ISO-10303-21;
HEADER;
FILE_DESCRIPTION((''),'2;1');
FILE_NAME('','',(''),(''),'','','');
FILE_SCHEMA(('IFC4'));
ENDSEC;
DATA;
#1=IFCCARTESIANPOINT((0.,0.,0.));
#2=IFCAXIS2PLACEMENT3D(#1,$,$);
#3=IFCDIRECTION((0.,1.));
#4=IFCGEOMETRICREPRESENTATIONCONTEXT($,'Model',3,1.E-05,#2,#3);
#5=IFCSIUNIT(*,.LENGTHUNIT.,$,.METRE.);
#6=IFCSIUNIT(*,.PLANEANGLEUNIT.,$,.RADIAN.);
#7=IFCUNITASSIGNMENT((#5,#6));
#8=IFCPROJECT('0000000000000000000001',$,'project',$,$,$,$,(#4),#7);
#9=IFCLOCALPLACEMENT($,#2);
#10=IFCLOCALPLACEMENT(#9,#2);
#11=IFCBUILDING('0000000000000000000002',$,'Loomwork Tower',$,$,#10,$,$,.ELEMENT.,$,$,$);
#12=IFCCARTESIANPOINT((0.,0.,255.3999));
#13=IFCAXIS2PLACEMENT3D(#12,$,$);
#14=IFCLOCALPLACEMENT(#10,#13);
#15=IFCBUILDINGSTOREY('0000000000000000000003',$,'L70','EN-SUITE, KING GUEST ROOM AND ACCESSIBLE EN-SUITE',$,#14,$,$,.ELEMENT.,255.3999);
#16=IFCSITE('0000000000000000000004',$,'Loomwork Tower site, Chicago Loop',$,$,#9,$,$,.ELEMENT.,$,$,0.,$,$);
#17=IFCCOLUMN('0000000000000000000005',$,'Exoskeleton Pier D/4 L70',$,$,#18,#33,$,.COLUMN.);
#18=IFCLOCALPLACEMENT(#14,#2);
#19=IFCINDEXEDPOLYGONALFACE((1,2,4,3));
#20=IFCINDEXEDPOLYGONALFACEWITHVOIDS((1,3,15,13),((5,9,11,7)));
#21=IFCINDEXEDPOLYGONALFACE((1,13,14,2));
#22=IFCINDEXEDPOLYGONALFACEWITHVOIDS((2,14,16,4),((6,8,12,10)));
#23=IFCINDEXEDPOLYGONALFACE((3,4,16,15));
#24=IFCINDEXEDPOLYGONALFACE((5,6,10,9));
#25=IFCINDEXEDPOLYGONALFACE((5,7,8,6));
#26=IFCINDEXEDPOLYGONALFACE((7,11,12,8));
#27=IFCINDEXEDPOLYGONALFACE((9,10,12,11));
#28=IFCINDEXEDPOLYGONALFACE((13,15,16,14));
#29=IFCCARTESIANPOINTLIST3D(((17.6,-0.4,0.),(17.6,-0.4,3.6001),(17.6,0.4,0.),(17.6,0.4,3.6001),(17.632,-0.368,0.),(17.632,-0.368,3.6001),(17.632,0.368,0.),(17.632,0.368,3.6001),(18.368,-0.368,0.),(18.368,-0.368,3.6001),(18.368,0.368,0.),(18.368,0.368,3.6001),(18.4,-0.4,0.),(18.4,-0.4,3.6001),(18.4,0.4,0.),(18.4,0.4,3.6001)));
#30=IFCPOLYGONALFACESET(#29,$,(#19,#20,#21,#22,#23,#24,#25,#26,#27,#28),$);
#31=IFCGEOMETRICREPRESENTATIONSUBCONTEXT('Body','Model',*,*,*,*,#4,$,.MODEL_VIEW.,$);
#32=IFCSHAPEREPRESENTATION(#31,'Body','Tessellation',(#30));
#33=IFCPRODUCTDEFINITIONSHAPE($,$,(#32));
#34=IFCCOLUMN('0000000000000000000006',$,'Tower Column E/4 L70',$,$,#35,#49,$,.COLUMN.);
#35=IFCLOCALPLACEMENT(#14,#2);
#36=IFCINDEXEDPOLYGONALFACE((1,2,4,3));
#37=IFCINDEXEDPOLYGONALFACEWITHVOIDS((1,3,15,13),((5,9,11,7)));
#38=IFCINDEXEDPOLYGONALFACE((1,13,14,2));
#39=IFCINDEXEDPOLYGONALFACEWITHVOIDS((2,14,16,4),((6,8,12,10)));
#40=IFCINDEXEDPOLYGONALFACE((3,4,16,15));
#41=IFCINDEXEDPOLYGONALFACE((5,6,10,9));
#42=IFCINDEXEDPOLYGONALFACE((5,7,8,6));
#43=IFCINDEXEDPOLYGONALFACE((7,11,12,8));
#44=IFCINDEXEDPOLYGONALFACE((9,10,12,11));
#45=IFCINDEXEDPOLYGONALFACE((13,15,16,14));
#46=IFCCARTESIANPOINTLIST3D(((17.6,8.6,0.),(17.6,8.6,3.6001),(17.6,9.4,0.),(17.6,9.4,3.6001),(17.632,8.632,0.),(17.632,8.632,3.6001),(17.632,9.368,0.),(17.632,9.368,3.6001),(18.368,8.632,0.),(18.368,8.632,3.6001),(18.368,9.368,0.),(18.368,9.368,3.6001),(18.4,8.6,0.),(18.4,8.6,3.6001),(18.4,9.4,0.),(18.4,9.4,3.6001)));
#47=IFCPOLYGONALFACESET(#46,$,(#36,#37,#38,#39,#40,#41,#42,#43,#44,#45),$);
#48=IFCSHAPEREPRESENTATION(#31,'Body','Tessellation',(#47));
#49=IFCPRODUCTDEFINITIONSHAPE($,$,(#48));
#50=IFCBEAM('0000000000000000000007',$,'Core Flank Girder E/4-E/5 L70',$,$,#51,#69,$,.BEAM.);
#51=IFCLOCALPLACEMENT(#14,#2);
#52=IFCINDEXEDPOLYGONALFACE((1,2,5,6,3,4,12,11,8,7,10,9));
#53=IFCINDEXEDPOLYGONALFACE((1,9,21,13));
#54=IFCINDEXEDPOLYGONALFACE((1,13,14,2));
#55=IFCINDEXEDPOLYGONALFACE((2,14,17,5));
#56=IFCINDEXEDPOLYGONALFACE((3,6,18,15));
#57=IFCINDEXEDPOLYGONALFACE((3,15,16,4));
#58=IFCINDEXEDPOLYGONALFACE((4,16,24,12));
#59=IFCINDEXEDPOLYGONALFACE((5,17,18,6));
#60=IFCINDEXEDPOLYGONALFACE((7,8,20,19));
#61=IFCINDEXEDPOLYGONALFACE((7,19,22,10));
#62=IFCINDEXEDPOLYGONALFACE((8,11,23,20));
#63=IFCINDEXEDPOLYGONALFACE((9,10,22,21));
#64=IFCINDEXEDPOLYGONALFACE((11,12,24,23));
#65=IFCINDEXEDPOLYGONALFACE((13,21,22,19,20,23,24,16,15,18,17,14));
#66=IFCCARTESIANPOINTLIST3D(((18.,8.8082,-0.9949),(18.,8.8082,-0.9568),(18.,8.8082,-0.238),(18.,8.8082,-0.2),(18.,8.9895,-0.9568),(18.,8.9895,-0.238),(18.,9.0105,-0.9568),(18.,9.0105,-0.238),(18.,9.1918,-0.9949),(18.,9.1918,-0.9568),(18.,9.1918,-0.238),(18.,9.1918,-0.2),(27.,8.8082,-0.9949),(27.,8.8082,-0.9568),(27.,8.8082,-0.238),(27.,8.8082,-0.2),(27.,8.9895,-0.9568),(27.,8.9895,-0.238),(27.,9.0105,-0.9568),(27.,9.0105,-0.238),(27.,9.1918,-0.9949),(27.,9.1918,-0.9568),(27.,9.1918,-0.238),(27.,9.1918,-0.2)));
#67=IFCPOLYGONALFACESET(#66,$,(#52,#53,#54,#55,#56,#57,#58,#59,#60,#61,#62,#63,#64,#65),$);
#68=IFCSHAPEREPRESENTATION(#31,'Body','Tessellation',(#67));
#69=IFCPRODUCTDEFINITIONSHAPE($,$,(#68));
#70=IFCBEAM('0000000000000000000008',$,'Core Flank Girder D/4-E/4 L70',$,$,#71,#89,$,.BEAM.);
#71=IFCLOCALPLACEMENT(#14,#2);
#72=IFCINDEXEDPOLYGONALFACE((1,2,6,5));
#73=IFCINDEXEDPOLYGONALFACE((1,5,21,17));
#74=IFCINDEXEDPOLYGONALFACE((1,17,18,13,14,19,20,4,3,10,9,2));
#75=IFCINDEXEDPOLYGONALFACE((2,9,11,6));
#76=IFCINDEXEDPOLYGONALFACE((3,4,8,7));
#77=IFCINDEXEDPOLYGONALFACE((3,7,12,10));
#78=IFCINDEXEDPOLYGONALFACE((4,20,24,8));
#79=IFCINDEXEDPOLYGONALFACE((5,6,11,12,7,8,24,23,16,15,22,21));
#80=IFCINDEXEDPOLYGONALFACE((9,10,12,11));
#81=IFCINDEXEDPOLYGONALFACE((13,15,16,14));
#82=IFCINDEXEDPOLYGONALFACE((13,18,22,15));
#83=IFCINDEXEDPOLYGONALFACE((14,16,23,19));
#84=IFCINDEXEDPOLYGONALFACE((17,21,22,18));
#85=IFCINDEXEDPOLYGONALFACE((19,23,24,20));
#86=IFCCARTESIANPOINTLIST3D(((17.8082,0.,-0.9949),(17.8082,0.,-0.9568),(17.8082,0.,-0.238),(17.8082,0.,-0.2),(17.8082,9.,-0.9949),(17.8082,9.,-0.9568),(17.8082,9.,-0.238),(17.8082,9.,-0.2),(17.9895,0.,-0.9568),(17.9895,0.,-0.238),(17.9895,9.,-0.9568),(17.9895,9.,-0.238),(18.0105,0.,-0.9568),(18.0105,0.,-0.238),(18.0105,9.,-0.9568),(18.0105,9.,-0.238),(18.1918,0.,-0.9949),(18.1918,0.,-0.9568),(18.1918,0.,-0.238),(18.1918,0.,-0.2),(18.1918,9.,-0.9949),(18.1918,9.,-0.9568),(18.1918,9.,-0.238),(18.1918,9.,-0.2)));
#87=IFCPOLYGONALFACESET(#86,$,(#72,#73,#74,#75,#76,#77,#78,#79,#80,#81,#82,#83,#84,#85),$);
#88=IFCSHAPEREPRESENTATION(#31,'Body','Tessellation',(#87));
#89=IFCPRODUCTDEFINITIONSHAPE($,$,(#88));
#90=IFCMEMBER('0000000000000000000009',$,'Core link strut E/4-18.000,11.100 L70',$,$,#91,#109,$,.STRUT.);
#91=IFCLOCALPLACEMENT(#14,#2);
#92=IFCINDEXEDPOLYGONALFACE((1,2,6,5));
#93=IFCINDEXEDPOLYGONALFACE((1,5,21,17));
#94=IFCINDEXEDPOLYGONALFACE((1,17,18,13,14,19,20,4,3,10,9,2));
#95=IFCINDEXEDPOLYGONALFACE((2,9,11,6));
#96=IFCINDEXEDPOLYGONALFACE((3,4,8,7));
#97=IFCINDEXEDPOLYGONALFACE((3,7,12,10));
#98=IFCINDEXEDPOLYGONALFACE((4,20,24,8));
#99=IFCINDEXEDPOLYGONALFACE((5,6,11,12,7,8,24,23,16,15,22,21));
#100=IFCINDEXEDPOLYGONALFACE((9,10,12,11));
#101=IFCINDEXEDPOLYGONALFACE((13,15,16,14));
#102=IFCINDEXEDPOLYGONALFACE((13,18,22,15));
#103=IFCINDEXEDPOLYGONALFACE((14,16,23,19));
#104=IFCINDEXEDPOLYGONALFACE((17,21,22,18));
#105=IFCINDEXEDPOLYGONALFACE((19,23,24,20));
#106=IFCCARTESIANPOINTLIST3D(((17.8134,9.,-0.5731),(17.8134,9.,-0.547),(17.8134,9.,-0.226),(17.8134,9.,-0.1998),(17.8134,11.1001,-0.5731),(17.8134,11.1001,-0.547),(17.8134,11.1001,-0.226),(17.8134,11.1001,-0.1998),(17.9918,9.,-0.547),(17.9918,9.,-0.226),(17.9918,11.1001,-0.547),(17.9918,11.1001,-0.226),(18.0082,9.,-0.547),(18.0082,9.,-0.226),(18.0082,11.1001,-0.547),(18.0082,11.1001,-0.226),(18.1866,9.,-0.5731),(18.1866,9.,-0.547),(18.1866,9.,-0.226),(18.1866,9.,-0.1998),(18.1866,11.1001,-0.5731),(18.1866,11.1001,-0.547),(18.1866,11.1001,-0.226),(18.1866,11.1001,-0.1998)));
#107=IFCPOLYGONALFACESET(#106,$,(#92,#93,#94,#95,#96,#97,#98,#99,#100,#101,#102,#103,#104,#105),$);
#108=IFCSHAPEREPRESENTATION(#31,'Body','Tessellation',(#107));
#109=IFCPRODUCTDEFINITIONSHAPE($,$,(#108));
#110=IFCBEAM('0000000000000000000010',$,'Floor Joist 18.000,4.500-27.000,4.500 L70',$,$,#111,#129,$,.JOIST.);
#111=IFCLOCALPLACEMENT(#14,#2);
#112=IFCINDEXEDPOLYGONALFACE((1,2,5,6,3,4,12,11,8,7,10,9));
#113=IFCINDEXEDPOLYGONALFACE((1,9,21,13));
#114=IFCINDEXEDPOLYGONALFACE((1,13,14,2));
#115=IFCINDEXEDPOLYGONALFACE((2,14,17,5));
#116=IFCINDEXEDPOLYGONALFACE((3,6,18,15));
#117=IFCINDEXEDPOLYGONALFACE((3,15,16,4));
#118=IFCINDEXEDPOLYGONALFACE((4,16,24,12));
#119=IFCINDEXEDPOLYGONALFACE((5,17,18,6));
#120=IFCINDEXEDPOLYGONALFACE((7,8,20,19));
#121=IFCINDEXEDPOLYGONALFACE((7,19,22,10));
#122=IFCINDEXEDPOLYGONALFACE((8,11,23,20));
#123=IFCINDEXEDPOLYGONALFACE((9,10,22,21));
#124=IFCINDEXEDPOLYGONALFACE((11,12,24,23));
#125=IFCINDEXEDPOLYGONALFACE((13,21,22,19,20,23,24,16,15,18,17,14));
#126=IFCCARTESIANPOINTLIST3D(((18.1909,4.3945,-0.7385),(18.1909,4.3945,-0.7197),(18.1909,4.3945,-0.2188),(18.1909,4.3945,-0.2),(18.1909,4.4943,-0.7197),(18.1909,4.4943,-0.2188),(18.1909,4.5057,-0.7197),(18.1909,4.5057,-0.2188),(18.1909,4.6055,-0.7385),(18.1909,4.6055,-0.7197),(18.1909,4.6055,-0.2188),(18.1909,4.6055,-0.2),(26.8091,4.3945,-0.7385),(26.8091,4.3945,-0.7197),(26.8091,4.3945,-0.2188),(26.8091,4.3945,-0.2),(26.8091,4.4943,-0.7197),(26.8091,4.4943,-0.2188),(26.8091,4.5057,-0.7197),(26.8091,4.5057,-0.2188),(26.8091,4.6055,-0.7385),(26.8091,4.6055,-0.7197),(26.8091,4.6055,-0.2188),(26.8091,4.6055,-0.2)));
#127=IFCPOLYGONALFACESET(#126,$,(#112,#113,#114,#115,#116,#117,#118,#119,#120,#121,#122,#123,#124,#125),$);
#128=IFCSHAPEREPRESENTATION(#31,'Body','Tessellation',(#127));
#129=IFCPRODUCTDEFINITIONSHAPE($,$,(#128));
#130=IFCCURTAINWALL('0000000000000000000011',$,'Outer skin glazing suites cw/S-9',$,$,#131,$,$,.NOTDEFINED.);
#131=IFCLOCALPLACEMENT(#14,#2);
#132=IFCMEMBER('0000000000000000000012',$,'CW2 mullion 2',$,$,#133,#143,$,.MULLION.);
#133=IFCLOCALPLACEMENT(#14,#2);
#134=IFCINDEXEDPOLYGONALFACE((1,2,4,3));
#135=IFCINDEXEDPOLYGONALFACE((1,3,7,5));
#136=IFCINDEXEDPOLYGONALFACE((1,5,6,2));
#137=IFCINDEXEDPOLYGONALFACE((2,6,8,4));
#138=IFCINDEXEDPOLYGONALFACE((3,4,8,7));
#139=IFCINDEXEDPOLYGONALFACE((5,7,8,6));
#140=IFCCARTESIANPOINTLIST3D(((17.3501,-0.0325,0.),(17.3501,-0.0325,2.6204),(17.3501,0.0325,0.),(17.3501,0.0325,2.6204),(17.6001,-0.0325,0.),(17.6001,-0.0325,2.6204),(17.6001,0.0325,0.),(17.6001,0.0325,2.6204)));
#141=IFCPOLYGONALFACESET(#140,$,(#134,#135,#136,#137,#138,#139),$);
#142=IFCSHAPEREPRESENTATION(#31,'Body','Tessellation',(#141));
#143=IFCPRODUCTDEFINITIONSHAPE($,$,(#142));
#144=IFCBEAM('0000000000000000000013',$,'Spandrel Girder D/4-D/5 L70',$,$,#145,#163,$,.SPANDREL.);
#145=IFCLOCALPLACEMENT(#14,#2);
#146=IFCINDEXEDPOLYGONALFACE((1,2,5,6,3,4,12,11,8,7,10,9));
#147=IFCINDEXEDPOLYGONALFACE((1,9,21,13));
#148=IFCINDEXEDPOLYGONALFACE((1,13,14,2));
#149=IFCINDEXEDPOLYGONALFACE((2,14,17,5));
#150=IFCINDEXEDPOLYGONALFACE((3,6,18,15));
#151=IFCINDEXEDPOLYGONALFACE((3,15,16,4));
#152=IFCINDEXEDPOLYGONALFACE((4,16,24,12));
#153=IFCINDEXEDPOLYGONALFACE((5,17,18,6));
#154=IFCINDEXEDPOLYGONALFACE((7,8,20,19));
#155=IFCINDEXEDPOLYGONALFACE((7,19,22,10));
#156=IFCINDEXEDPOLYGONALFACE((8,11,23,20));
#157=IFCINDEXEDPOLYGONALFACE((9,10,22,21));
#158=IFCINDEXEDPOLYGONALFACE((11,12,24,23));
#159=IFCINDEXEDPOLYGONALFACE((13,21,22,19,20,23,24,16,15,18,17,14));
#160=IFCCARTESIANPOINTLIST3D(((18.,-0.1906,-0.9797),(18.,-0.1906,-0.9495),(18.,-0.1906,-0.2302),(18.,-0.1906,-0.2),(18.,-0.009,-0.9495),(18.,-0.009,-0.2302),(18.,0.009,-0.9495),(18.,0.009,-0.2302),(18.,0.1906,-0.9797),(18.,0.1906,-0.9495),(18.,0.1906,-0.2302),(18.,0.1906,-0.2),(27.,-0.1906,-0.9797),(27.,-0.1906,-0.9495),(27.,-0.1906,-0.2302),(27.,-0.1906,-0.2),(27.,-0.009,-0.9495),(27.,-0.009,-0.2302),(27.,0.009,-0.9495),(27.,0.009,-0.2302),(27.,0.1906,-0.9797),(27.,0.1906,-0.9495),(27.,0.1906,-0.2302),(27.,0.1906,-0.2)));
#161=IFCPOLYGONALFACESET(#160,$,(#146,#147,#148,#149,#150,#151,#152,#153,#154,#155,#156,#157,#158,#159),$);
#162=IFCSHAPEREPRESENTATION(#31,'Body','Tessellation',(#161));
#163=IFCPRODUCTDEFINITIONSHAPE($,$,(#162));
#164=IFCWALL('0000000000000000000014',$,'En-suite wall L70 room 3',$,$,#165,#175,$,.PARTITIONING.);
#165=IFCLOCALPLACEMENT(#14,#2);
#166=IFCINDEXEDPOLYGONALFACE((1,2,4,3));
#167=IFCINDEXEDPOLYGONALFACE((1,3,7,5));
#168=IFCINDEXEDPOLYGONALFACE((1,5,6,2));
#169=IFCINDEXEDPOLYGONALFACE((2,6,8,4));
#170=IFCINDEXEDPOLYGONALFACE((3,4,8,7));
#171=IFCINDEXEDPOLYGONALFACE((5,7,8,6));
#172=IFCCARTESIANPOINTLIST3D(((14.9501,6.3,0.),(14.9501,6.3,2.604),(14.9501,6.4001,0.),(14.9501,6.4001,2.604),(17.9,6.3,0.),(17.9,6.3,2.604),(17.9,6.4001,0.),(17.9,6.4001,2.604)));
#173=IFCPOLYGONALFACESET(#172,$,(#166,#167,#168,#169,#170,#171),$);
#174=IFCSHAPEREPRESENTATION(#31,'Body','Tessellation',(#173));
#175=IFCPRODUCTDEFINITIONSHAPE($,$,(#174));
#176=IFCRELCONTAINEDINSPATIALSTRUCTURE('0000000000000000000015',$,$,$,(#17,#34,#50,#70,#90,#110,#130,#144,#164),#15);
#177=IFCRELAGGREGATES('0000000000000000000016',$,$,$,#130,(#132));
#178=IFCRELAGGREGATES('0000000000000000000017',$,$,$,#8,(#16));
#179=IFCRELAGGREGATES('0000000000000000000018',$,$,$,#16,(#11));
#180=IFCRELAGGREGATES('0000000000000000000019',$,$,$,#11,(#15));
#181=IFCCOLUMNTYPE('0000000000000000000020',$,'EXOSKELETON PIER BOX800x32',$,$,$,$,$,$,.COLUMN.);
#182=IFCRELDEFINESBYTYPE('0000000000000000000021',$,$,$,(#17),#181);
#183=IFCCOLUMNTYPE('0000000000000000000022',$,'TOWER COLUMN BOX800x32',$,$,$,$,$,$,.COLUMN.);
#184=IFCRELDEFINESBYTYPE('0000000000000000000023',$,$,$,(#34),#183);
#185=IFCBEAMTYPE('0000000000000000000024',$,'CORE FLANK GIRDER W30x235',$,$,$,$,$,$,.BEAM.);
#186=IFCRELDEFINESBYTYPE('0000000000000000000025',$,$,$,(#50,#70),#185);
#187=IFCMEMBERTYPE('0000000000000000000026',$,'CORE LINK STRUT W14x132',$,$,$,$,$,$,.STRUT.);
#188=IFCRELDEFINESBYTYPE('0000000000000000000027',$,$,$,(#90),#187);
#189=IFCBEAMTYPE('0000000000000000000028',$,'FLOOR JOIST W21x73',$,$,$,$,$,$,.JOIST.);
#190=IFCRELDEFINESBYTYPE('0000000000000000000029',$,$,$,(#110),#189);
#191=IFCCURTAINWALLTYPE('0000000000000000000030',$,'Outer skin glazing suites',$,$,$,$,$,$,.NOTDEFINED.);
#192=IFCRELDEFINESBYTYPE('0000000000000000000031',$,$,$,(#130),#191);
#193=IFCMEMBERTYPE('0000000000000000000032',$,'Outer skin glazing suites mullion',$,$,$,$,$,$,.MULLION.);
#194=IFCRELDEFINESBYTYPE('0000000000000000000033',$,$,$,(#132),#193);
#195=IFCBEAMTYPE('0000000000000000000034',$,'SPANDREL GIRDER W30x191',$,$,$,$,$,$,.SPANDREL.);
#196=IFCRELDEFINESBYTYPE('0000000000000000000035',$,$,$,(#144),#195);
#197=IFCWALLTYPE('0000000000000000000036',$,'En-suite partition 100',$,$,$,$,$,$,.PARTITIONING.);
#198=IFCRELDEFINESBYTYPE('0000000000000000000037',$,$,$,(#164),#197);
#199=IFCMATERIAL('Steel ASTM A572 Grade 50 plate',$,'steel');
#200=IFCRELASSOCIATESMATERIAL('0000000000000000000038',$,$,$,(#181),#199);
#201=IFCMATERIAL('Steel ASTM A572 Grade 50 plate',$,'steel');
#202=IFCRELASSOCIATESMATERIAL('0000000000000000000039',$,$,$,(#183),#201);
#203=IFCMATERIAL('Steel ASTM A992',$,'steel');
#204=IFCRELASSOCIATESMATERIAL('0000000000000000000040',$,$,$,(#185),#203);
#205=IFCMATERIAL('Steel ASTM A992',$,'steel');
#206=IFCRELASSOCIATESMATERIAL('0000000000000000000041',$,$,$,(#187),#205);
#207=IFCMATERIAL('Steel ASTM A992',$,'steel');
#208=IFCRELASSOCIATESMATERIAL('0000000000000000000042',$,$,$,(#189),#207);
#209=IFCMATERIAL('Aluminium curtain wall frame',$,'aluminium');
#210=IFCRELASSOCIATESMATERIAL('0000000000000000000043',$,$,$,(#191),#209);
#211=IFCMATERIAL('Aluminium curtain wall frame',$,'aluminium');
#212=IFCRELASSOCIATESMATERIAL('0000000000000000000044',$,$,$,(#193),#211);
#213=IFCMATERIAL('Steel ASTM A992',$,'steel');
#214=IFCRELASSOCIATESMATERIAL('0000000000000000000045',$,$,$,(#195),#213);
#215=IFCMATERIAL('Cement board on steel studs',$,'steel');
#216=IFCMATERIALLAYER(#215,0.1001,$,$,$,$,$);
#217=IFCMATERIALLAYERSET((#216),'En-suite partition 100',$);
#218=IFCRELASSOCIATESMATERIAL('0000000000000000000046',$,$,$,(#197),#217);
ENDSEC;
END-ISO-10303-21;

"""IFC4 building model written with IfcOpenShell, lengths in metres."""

from ifc_helpers import new_model, si_unit, direction, frame, frame_2d, origin, origin_2d, place, context, subcontext, project, spatial, rectangle, hollow_rectangle, i_section, extrude, material, layer, layer_set, material_profile, profile_set, type_object, element, aggregate, save


model = new_model("IFC4")

# Units and contexts
model_context = context("Model", 3, precision=1e-05, world=origin(), true_north=direction((0.0, 1.0)))
body_context = subcontext(model_context, "Body", "Model", "MODEL_VIEW")
ifc_project = project(units=[si_unit("LENGTHUNIT", "METRE"), si_unit("PLANEANGLEUNIT", "RADIAN")], contexts=[model_context])

# Site, building, storey
site_placement = place(None, origin())
site = spatial("IfcSite", under=ifc_project, at=site_placement, Name="Loomwork Tower site, Chicago Loop", CompositionType="ELEMENT", RefElevation=0.0)
building_placement = place(site_placement, origin())
building = spatial("IfcBuilding", under=site, at=building_placement, Name="Loomwork Tower", CompositionType="ELEMENT")
storey_placement = place(building_placement, frame((0.0, 0.0, 255.3999)))
storey = spatial("IfcBuildingStorey", under=building, at=storey_placement, Name="L70", Description="EN-SUITE, KING GUEST ROOM AND ACCESSIBLE EN-SUITE", CompositionType="ELEMENT", Elevation=255.3999)

# Columns
ifc_material_1 = material(Name="Steel ASTM A572 Grade 50 plate", Category="steel")
ifc_material_profile_1 = material_profile(ifc_material_1, hollow_rectangle(XDim=0.8, YDim=0.8, WallThickness=0.032, at=origin_2d()), Name="BOX800x32")
ifc_profile_set_1 = profile_set([ifc_material_profile_1], Name="Steel ASTM A572 Grade 50 plate")
column_type_1 = type_object("IfcColumnType", Name="EXOSKELETON PIER BOX800x32", PredefinedType="COLUMN", material=ifc_profile_set_1)
column_1_placement = place(storey_placement, frame((18.0, 0.0, 0.0), z_axis=(0.0, 0.0, 1.0), x_axis=(1.0, 0.0, 0.0)))
element("IfcColumn", 1, at=column_1_placement, inside=storey, type_object=column_type_1, Name="Exoskeleton Pier D/4 L70", PredefinedType="COLUMN", context=body_context, shape_type="SweptSolid", body=[
    extrude(hollow_rectangle(XDim=0.8, YDim=0.8, WallThickness=0.032, at=origin_2d()), origin(), (0.0, 0.0, 1.0), 3.6001),
])
ifc_material_2 = material(Name="Steel ASTM A572 Grade 50 plate", Category="steel")
ifc_material_profile_2 = material_profile(ifc_material_2, hollow_rectangle(XDim=0.8, YDim=0.8, WallThickness=0.032, at=origin_2d()), Name="BOX800x32")
ifc_profile_set_2 = profile_set([ifc_material_profile_2], Name="Steel ASTM A572 Grade 50 plate")
column_type_2 = type_object("IfcColumnType", Name="TOWER COLUMN BOX800x32", PredefinedType="COLUMN", material=ifc_profile_set_2)
column_2_placement = place(storey_placement, frame((18.0, 9.0, 0.0), z_axis=(0.0, 0.0, 1.0), x_axis=(1.0, 0.0, 0.0)))
element("IfcColumn", 2, at=column_2_placement, inside=storey, type_object=column_type_2, Name="Tower Column E/4 L70", PredefinedType="COLUMN", context=body_context, shape_type="SweptSolid", body=[
    extrude(hollow_rectangle(XDim=0.8, YDim=0.8, WallThickness=0.032, at=origin_2d()), origin(), (0.0, 0.0, 1.0), 3.6001),
])

# Beams
ifc_material_3 = material(Name="Steel ASTM A992", Category="steel")
ifc_material_profile_3 = material_profile(ifc_material_3, i_section(OverallWidth=0.3835, OverallDepth=0.7949, WebThickness=0.021, FlangeThickness=0.0381, at=origin_2d()), Name="W30x235")
ifc_profile_set_3 = profile_set([ifc_material_profile_3], Name="Steel ASTM A992")
beam_type_1 = type_object("IfcBeamType", Name="CORE FLANK GIRDER W30x235", PredefinedType="BEAM", material=ifc_profile_set_3)
for number, where, z_axis, x_axis, name in (
    (3, (18.0, 9.0, -0.5974), (1.0, 0.0, 0.0), (0.0, 1.0, 0.0), "Core Flank Girder E/4-E/5 L70"),
    (4, (18.0, 0.0, -0.5974), (0.0, 1.0, 0.0), (-1.0, 0.0, 0.0), "Core Flank Girder D/4-E/4 L70"),
):
    element("IfcBeam", number, at=place(storey_placement, frame(where, z_axis=z_axis, x_axis=x_axis)), inside=storey, type_object=beam_type_1, Name=name, PredefinedType="BEAM", context=body_context, shape_type="SweptSolid", body=[
        extrude(i_section(OverallWidth=0.3835, OverallDepth=0.7949, WebThickness=0.021, FlangeThickness=0.0381, at=origin_2d()), origin(), (0.0, 0.0, 1.0), 9.0),
    ])

# Member
ifc_material_4 = material(Name="Steel ASTM A992", Category="steel")
ifc_material_profile_4 = material_profile(ifc_material_4, i_section(OverallWidth=0.3733, OverallDepth=0.3733, WebThickness=0.0164, FlangeThickness=0.0261, at=origin_2d()), Name="W14x132")
ifc_profile_set_4 = profile_set([ifc_material_profile_4], Name="Steel ASTM A992")
member_type_1 = type_object("IfcMemberType", Name="CORE LINK STRUT W14x132", PredefinedType="STRUT", material=ifc_profile_set_4)
member_1_placement = place(storey_placement, frame((18.0, 9.0, -0.3865), z_axis=(0.0, 1.0, 0.0), x_axis=(-1.0, 0.0, 0.0)))
element("IfcMember", 5, at=member_1_placement, inside=storey, type_object=member_type_1, Name="Core link strut E/4-18.000,11.100 L70", PredefinedType="STRUT", context=body_context, shape_type="SweptSolid", body=[
    extrude(i_section(OverallWidth=0.3733, OverallDepth=0.3733, WebThickness=0.0164, FlangeThickness=0.0261, at=origin_2d()), origin(), (0.0, 0.0, 1.0), 2.1001),
])

# Beam
ifc_material_5 = material(Name="Steel ASTM A992", Category="steel")
ifc_material_profile_5 = material_profile(ifc_material_5, i_section(OverallWidth=0.2109, OverallDepth=0.5386, WebThickness=0.0115, FlangeThickness=0.0188, at=origin_2d()), Name="W21x73")
ifc_profile_set_5 = profile_set([ifc_material_profile_5], Name="Steel ASTM A992")
beam_type_2 = type_object("IfcBeamType", Name="FLOOR JOIST W21x73", PredefinedType="JOIST", material=ifc_profile_set_5)
beam_1_placement = place(storey_placement, frame((18.1909, 4.5, -0.4692), z_axis=(1.0, 0.0, 0.0), x_axis=(0.0, 1.0, 0.0)))
element("IfcBeam", 6, at=beam_1_placement, inside=storey, type_object=beam_type_2, Name="Floor Joist 18.000,4.500-27.000,4.500 L70", PredefinedType="JOIST", context=body_context, shape_type="SweptSolid", body=[
    extrude(i_section(OverallWidth=0.2109, OverallDepth=0.5386, WebThickness=0.0115, FlangeThickness=0.0188, at=origin_2d()), origin(), (0.0, 0.0, 1.0), 8.6182),
])

# Curtain wall, member
ifc_material_6 = material(Name="Aluminium curtain wall frame", Category="aluminium")
curtain_wall_type = type_object("IfcCurtainWallType", Name="Outer skin glazing suites", PredefinedType="NOTDEFINED", material=ifc_material_6)
curtain_wall_placement = place(storey_placement, origin())
curtain_wall = element("IfcCurtainWall", 7, at=curtain_wall_placement, inside=storey, type_object=curtain_wall_type, Name="Outer skin glazing suites cw/S-9", PredefinedType="NOTDEFINED")
ifc_material_7 = material(Name="Aluminium curtain wall frame", Category="aluminium")
ifc_material_profile_6 = material_profile(ifc_material_7, rectangle(XDim=0.0649, YDim=0.25, at=origin_2d()), Name="AL 65x250")
ifc_profile_set_6 = profile_set([ifc_material_profile_6], Name="Aluminium curtain wall frame")
member_type_2 = type_object("IfcMemberType", Name="Outer skin glazing suites mullion", PredefinedType="MULLION", material=ifc_profile_set_6)
member_2_placement = place(storey_placement, frame((17.4751, 0.0, 0.0), z_axis=(0.0, 0.0, 1.0), x_axis=(0.0, 1.0, 0.0)))
member_2 = element("IfcMember", 8, at=member_2_placement, type_object=member_type_2, Name="CW2 mullion 2", PredefinedType="MULLION", context=body_context, shape_type="SweptSolid", body=[
    extrude(rectangle(XDim=0.0649, YDim=0.25, at=origin_2d()), origin(), (0.0, 0.0, 1.0), 2.6204),
])
aggregate(curtain_wall, [member_2])

# Beam
ifc_material_8 = material(Name="Steel ASTM A992", Category="steel")
ifc_material_profile_7 = material_profile(ifc_material_8, i_section(OverallWidth=0.3811, OverallDepth=0.7798, WebThickness=0.0181, FlangeThickness=0.0303, at=origin_2d()), Name="W30x191")
ifc_profile_set_7 = profile_set([ifc_material_profile_7], Name="Steel ASTM A992")
beam_type_3 = type_object("IfcBeamType", Name="SPANDREL GIRDER W30x191", PredefinedType="SPANDREL", material=ifc_profile_set_7)
beam_2_placement = place(storey_placement, frame((18.0, 0.0, -0.5898), z_axis=(1.0, 0.0, 0.0), x_axis=(0.0, 1.0, 0.0)))
element("IfcBeam", 9, at=beam_2_placement, inside=storey, type_object=beam_type_3, Name="Spandrel Girder D/4-D/5 L70", PredefinedType="SPANDREL", context=body_context, shape_type="SweptSolid", body=[
    extrude(i_section(OverallWidth=0.3811, OverallDepth=0.7798, WebThickness=0.0181, FlangeThickness=0.0303, at=origin_2d()), origin(), (0.0, 0.0, 1.0), 9.0),
])

# Wall
ifc_material_9 = material(Name="Cement board on steel studs", Category="steel")
ifc_layer_1 = layer(ifc_material_9, 0.1001)
ifc_layer_set_1 = layer_set([ifc_layer_1], Name="En-suite partition 100")
wall_type_1 = type_object("IfcWallType", Name="En-suite partition 100", PredefinedType="PARTITIONING", material=ifc_layer_set_1)
wall_1_placement = place(storey_placement, frame((14.95, 6.3501, 0.0), z_axis=(0.0, 0.0, 1.0), x_axis=(1.0, 0.0, 0.0)))
element("IfcWall", 10, at=wall_1_placement, inside=storey, type_object=wall_type_1, Name="En-suite wall L70 room 3", PredefinedType="PARTITIONING", context=body_context, shape_type="SweptSolid", body=[
    extrude(rectangle(XDim=2.95, YDim=0.1001, at=frame_2d((1.4751, 0.0))), origin(), (0.0, 0.0, 1.0), 2.604),
])

save(model, "model.ifc")
